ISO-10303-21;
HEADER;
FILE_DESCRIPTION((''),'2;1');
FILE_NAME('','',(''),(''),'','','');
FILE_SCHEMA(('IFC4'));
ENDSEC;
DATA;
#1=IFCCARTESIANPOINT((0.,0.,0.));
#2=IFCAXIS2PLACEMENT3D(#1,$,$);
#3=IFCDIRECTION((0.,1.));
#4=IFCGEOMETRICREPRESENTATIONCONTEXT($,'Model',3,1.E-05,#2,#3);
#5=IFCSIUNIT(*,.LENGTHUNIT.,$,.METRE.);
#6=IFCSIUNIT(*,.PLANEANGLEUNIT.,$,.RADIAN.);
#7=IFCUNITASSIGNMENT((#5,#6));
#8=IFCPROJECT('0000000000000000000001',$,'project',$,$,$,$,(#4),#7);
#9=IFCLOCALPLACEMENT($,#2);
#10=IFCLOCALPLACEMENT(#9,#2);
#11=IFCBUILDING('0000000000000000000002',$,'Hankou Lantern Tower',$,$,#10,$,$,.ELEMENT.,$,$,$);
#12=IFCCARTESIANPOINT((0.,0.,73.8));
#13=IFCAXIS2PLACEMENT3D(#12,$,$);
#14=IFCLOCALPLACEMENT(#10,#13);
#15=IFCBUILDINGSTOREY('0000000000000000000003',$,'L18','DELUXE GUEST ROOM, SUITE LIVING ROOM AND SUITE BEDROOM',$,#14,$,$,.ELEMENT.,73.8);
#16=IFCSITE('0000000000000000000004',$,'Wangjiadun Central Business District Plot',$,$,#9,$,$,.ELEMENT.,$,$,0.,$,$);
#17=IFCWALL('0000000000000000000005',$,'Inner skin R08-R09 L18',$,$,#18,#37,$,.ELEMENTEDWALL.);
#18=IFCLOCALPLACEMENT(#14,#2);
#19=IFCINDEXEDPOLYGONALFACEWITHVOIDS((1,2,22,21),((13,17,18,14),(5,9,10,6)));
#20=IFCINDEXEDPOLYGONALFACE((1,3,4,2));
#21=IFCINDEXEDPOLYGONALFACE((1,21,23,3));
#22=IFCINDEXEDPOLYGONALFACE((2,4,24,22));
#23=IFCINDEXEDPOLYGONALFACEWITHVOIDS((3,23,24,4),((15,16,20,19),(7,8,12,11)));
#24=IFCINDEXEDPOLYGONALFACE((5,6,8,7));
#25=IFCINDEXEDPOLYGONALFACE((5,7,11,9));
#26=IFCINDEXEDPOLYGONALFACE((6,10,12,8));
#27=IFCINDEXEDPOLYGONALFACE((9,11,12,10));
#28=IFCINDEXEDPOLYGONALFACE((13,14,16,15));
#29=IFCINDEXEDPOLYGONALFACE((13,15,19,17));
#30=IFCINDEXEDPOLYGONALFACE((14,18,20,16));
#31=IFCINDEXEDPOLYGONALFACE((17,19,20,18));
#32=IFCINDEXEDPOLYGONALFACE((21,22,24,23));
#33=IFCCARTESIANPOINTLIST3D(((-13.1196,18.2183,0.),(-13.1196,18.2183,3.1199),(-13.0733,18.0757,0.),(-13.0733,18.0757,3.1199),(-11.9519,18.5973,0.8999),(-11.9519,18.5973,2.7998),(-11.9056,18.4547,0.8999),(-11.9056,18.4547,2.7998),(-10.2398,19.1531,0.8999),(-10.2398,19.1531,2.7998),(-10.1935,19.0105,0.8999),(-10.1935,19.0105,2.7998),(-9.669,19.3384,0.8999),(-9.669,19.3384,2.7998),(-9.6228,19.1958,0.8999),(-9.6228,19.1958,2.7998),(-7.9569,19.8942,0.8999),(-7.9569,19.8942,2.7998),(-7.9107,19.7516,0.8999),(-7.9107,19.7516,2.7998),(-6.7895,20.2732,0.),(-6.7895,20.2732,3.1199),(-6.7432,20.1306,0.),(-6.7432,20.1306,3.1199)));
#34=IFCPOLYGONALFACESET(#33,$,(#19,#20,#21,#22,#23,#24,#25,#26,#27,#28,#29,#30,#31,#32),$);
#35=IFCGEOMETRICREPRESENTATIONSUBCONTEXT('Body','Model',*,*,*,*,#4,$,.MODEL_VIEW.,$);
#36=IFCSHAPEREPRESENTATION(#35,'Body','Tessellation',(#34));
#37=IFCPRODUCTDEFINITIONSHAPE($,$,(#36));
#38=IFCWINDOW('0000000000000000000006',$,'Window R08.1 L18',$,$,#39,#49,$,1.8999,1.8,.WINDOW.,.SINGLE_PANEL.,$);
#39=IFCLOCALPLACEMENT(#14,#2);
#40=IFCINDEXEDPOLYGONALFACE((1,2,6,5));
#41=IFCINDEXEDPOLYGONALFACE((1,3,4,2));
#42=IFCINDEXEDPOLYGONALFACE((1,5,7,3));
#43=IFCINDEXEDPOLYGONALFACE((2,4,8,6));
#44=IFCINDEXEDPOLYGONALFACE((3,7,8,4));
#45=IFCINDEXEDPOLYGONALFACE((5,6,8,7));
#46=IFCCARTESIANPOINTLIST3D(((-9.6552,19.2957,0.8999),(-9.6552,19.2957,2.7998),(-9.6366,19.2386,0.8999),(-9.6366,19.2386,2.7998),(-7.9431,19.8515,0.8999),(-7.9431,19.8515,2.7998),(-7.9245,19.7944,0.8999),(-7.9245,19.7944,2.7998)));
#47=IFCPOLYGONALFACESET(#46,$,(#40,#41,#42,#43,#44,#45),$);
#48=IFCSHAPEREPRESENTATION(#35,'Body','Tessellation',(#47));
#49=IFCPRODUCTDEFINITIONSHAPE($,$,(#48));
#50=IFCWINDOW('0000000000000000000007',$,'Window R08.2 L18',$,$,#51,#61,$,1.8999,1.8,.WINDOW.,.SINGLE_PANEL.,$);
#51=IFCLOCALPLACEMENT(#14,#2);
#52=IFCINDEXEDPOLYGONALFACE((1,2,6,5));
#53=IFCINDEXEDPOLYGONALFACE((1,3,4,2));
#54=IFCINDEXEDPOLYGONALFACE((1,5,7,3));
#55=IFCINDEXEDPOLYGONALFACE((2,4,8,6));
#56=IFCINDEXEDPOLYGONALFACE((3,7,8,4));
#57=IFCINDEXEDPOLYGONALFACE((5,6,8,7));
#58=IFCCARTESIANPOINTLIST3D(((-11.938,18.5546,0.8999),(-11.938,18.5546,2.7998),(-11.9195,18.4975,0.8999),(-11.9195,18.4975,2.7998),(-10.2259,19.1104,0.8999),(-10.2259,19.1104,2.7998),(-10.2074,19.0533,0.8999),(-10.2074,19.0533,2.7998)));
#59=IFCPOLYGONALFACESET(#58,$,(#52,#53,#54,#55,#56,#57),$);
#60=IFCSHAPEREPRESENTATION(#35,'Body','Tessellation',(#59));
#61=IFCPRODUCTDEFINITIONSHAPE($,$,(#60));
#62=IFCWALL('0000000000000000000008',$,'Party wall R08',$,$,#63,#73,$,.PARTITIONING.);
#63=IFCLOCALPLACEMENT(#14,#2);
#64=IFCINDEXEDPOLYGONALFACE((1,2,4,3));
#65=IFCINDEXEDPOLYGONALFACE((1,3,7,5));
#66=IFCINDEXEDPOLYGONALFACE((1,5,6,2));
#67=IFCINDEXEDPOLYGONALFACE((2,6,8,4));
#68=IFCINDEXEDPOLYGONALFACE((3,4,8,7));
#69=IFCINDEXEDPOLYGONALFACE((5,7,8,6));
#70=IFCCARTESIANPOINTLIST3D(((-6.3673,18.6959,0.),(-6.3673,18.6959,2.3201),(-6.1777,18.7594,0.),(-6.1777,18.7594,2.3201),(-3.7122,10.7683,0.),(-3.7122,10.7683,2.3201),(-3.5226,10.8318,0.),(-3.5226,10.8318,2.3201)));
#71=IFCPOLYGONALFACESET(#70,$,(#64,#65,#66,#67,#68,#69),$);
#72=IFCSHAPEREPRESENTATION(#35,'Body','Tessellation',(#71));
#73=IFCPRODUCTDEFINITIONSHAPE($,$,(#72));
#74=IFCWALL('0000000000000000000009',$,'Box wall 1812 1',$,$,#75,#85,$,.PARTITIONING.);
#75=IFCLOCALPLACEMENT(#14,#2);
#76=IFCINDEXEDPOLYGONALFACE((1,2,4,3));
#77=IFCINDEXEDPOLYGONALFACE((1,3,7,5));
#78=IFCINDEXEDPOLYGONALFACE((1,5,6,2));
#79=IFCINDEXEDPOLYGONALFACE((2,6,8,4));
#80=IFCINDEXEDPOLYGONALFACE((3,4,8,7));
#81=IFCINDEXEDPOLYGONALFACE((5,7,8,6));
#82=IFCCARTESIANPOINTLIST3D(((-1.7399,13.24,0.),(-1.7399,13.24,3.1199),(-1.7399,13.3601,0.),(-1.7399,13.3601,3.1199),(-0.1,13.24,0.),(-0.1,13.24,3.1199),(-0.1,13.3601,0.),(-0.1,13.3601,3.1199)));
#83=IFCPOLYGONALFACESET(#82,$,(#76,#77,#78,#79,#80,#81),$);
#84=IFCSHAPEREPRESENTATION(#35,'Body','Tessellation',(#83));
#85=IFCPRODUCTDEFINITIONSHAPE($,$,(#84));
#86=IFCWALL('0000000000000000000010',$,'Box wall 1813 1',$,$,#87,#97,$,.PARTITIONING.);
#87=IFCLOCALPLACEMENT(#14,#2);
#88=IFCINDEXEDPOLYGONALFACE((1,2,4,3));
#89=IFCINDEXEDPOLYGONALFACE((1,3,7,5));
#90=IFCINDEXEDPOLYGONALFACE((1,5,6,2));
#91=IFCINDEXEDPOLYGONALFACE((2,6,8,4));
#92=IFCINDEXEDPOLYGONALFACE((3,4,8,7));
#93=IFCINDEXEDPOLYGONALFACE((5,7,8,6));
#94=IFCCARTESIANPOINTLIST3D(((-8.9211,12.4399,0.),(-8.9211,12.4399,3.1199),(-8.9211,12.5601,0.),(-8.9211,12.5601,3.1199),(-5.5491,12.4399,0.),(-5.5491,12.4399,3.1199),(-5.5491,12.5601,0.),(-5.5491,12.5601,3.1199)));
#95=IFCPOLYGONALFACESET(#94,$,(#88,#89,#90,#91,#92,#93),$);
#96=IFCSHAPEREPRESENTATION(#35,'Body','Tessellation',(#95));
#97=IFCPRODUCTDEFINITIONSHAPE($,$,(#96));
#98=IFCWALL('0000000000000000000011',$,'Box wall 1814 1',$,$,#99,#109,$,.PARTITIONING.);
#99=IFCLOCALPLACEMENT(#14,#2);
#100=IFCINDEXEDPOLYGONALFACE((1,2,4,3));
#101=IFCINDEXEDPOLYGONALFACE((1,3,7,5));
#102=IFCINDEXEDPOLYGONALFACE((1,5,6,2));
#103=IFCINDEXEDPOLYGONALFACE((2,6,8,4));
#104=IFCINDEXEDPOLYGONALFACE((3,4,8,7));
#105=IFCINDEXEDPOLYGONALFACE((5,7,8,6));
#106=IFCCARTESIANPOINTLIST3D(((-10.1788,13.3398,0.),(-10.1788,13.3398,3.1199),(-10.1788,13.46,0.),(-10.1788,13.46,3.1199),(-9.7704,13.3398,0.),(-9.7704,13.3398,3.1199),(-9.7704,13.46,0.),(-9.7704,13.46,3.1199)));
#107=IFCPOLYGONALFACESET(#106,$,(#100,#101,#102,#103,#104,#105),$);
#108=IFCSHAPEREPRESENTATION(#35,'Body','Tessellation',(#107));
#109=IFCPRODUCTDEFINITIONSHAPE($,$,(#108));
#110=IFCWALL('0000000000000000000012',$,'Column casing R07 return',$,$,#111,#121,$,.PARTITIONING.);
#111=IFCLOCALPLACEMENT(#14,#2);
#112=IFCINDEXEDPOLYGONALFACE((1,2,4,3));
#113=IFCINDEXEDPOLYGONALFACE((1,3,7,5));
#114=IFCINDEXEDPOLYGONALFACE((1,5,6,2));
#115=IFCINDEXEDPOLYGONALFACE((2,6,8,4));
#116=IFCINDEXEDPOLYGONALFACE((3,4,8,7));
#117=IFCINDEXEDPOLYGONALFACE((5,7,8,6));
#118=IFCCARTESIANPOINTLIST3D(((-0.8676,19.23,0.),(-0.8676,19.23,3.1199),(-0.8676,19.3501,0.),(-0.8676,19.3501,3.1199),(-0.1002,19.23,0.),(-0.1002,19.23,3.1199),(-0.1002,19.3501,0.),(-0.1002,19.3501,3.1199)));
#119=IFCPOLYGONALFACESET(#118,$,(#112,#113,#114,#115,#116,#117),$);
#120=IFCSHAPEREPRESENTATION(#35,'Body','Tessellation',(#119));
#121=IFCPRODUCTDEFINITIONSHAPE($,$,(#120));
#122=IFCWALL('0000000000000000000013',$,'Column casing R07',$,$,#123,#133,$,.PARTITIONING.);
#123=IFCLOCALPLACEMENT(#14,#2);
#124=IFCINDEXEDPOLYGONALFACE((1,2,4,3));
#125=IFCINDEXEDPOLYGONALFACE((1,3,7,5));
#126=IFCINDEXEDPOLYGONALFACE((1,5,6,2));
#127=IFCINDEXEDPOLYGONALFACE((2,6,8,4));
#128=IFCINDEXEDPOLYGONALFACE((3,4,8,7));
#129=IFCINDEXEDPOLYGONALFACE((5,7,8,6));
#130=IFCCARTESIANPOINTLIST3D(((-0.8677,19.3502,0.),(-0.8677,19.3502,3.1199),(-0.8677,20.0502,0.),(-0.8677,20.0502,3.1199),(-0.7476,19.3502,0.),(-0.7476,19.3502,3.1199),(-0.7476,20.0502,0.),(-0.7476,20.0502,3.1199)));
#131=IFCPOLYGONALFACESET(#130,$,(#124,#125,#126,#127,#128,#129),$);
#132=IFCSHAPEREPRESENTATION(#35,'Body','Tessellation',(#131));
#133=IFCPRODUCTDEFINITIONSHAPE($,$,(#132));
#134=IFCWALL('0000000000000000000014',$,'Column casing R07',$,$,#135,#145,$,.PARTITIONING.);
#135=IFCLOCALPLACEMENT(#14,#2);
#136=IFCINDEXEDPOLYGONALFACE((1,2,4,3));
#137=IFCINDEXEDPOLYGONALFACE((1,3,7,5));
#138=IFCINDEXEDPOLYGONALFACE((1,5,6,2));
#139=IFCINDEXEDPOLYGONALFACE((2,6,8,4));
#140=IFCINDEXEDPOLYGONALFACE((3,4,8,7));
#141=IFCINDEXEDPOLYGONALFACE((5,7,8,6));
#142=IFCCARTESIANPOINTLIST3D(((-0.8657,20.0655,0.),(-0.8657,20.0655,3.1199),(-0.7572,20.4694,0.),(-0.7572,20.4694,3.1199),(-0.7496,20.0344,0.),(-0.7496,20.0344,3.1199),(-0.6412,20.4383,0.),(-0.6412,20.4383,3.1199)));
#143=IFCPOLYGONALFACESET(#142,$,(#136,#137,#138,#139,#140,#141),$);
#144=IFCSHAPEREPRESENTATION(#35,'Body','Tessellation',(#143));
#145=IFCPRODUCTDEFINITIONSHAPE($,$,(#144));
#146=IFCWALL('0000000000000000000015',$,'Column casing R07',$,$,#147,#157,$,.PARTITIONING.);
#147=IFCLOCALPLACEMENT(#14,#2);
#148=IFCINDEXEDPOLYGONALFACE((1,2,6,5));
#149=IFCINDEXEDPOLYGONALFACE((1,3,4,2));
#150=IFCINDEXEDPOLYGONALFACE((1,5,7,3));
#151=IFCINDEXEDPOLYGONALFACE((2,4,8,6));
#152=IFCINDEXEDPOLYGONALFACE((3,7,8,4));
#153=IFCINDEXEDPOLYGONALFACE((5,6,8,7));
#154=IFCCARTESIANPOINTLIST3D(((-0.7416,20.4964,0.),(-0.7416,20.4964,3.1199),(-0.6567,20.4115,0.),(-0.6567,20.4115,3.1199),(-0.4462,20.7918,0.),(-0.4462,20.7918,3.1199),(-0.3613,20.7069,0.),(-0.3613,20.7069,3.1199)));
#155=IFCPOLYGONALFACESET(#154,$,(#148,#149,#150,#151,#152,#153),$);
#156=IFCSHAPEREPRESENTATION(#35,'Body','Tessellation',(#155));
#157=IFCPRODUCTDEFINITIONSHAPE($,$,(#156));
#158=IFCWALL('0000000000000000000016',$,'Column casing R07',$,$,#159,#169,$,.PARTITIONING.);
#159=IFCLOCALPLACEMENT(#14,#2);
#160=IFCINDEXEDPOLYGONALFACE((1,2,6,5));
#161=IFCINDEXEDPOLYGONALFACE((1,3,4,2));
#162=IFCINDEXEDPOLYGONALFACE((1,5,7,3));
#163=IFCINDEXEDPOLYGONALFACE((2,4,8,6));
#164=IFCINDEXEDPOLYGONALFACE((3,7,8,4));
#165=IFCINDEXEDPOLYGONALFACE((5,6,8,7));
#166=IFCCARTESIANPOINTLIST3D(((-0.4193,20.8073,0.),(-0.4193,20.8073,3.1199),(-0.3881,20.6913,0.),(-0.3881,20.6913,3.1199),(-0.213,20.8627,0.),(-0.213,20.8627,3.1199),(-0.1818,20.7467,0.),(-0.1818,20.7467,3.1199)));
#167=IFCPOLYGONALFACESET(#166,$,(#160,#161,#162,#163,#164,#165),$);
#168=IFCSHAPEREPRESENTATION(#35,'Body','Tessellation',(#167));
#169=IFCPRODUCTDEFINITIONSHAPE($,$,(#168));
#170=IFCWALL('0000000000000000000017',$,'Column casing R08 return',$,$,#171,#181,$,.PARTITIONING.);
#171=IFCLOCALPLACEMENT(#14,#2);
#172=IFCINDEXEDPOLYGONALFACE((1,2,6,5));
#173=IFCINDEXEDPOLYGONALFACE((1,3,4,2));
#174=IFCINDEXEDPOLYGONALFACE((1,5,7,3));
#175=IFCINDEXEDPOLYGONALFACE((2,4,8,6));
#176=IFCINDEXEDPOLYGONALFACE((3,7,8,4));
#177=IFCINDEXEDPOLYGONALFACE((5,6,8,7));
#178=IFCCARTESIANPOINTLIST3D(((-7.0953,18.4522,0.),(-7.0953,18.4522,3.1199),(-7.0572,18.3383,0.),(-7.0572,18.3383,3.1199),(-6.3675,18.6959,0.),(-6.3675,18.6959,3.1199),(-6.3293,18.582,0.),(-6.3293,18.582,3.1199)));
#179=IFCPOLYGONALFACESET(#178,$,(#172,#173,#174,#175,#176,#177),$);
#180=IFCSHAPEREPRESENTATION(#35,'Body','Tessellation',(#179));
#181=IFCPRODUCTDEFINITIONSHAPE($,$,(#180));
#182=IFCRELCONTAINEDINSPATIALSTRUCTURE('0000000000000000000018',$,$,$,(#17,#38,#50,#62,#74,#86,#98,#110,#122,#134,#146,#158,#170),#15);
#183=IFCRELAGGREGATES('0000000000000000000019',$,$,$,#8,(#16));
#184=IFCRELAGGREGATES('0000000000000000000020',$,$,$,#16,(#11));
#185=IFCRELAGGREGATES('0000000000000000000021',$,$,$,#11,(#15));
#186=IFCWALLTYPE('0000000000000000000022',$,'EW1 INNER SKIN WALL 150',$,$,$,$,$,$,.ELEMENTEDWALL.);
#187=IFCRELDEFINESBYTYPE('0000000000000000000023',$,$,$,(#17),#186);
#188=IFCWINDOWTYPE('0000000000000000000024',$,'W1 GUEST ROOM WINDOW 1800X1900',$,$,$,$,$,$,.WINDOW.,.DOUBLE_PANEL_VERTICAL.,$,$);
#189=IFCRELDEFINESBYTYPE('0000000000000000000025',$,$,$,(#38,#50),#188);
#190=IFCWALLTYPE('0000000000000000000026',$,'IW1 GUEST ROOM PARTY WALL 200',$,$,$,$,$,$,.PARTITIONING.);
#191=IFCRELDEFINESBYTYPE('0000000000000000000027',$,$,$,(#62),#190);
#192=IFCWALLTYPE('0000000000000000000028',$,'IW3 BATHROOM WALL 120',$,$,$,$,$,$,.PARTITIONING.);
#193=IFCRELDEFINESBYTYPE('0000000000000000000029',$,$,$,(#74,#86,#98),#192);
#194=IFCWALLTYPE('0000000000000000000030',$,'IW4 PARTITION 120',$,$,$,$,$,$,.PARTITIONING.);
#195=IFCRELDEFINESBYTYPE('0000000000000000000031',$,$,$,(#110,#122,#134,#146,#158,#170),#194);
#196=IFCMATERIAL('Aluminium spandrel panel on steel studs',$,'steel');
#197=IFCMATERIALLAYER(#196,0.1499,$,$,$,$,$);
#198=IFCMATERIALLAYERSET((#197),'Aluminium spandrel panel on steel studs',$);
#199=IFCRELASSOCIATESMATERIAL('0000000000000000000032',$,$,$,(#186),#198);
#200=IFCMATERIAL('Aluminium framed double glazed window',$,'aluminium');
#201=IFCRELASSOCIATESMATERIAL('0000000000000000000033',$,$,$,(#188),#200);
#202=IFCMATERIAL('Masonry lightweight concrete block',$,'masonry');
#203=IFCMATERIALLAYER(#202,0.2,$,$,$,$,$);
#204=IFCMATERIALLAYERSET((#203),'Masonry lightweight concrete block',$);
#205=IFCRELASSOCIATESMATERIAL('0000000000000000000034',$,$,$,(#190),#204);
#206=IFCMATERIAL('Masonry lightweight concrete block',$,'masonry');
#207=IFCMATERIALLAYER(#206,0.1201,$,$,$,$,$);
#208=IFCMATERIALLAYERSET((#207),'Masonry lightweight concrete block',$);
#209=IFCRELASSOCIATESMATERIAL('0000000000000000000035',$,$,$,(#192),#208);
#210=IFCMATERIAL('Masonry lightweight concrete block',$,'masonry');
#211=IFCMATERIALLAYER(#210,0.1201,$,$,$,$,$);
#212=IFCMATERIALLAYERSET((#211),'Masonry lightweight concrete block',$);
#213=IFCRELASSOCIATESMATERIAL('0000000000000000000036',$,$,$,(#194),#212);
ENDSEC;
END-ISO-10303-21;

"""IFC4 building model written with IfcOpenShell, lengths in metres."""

from ifc_helpers import new_model, si_unit, direction, frame, frame_2d, origin, place, context, subcontext, project, spatial, rectangle, extrude, material, layer, layer_set, type_object, element, fill, save


model = new_model("IFC4")

# Units and contexts
model_context = context("Model", 3, precision=1e-05, world=origin(), true_north=direction((0.0, 1.0)))
body_context = subcontext(model_context, "Body", "Model", "MODEL_VIEW")
ifc_project = project(units=[si_unit("LENGTHUNIT", "METRE"), si_unit("PLANEANGLEUNIT", "RADIAN")], contexts=[model_context])

# Site, building, storey
site_placement = place(None, origin())
site = spatial("IfcSite", under=ifc_project, at=site_placement, Name="Wangjiadun Central Business District Plot", CompositionType="ELEMENT", RefElevation=0.0)
building_placement = place(site_placement, origin())
building = spatial("IfcBuilding", under=site, at=building_placement, Name="Hankou Lantern Tower", CompositionType="ELEMENT")
storey_placement = place(building_placement, frame((0.0, 0.0, 73.8)))
storey = spatial("IfcBuildingStorey", under=building, at=storey_placement, Name="L18", Description="DELUXE GUEST ROOM, SUITE LIVING ROOM AND SUITE BEDROOM", CompositionType="ELEMENT", Elevation=73.8)

# Wall, openings, windows
ifc_material_1 = material(Name="Aluminium spandrel panel on steel studs", Category="steel")
ifc_layer_1 = layer(ifc_material_1, 0.1499)
ifc_layer_set_1 = layer_set([ifc_layer_1], Name="Aluminium spandrel panel on steel studs")
wall_type_1 = type_object("IfcWallType", Name="EW1 INNER SKIN WALL 150", PredefinedType="ELEMENTEDWALL", material=ifc_layer_set_1)
wall_1_placement = place(storey_placement, frame((-6.7664, 20.2019, 0.0), z_axis=(0.0, 0.0, 1.0), x_axis=(-0.951138, -0.308768, 0.0)))
wall_1 = element("IfcWall", 1, at=wall_1_placement, inside=storey, type_object=wall_type_1, Name="Inner skin R08-R09 L18", PredefinedType="ELEMENTEDWALL", context=body_context, shape_type="SweptSolid", body=[
    extrude(rectangle(XDim=6.6553, YDim=0.1499, at=frame_2d((3.3276, 0.0))), origin(), (0.0, 0.0, 1.0), 3.1199),
])
opening_1_placement = place(wall_1_placement, frame((1.2275, 0.0, 0.8999)))
opening_1 = element("IfcOpeningElement", 2, at=opening_1_placement, cuts=wall_1, PredefinedType="OPENING", context=body_context, shape_type="SweptSolid", body=[
    extrude(rectangle(XDim=1.8, YDim=1.8999, at=frame_2d((0.8999, 0.95))), frame((0.0, 0.085, 0.0), z_axis=(0.0, -1.0, 0.0), x_axis=(1.0, 0.0, 0.0)), (0.0, 0.0, 1.0), 0.1699),
])
opening_2_placement = place(wall_1_placement, frame((3.6277, 0.0, 0.8999)))
opening_2 = element("IfcOpeningElement", 3, at=opening_2_placement, cuts=wall_1, PredefinedType="OPENING", context=body_context, shape_type="SweptSolid", body=[
    extrude(rectangle(XDim=1.8, YDim=1.8999, at=frame_2d((0.8999, 0.95))), frame((0.0, 0.085, 0.0), z_axis=(0.0, -1.0, 0.0), x_axis=(1.0, 0.0, 0.0)), (0.0, 0.0, 1.0), 0.1699),
])
ifc_material_2 = material(Name="Aluminium framed double glazed window", Category="aluminium")
window_type = type_object("IfcWindowType", Name="W1 GUEST ROOM WINDOW 1800X1900", PartitioningType="DOUBLE_PANEL_VERTICAL", PredefinedType="WINDOW", material=ifc_material_2)
window_1_placement = place(opening_1_placement, origin())
window_1 = element("IfcWindow", 4, at=window_1_placement, inside=storey, type_object=window_type, Name="Window R08.1 L18", OverallHeight=1.8999, OverallWidth=1.8, PartitioningType="SINGLE_PANEL", PredefinedType="WINDOW", context=body_context, shape_type="SweptSolid", body=[
    extrude(rectangle(XDim=1.8, YDim=1.8999, at=frame_2d((0.8999, 0.95))), frame((0.0, 0.03, 0.0), z_axis=(0.0, -1.0, 0.0), x_axis=(1.0, 0.0, 0.0)), (0.0, 0.0, 1.0), 0.0601),
])
fill(opening_1, window_1)
window_2_placement = place(opening_2_placement, origin())
window_2 = element("IfcWindow", 5, at=window_2_placement, inside=storey, type_object=window_type, Name="Window R08.2 L18", OverallHeight=1.8999, OverallWidth=1.8, PartitioningType="SINGLE_PANEL", PredefinedType="WINDOW", context=body_context, shape_type="SweptSolid", body=[
    extrude(rectangle(XDim=1.8, YDim=1.8999, at=frame_2d((0.8999, 0.95))), frame((0.0, 0.03, 0.0), z_axis=(0.0, -1.0, 0.0), x_axis=(1.0, 0.0, 0.0)), (0.0, 0.0, 1.0), 0.0601),
])
fill(opening_2, window_2)

# Walls
ifc_material_3 = material(Name="Masonry lightweight concrete block", Category="masonry")
ifc_layer_2 = layer(ifc_material_3, 0.2)
ifc_layer_set_2 = layer_set([ifc_layer_2], Name="Masonry lightweight concrete block")
wall_type_2 = type_object("IfcWallType", Name="IW1 GUEST ROOM PARTY WALL 200", PredefinedType="PARTITIONING", material=ifc_layer_set_2)
wall_2_placement = place(storey_placement, frame((-3.6174, 10.8, 0.0), z_axis=(0.0, 0.0, 1.0), x_axis=(-0.317577, 0.948233, 0.0)))
element("IfcWall", 6, at=wall_2_placement, inside=storey, type_object=wall_type_2, Name="Party wall R08", PredefinedType="PARTITIONING", context=body_context, shape_type="SweptSolid", body=[
    extrude(rectangle(XDim=8.3604, YDim=0.2, at=frame_2d((4.1802, 0.0))), origin(), (0.0, 0.0, 1.0), 2.3201),
])
ifc_material_4 = material(Name="Masonry lightweight concrete block", Category="masonry")
ifc_layer_3 = layer(ifc_material_4, 0.1201)
ifc_layer_set_3 = layer_set([ifc_layer_3], Name="Masonry lightweight concrete block")
wall_type_3 = type_object("IfcWallType", Name="IW3 BATHROOM WALL 120", PredefinedType="PARTITIONING", material=ifc_layer_set_3)
wall_3_placement = place(storey_placement, frame((-0.1001, 13.3, 0.0), z_axis=(0.0, 0.0, 1.0), x_axis=(-1.0, 0.0, 0.0)))
element("IfcWall", 7, at=wall_3_placement, inside=storey, type_object=wall_type_3, Name="Box wall 1812 1", PredefinedType="PARTITIONING", context=body_context, shape_type="SweptSolid", body=[
    extrude(rectangle(XDim=1.6399, YDim=0.1201, at=frame_2d((0.8198, 0.0))), origin(), (0.0, 0.0, 1.0), 3.1199),
])
wall_4_placement = place(storey_placement, frame((-8.9211, 12.5, 0.0), z_axis=(0.0, 0.0, 1.0), x_axis=(1.0, 0.0, 0.0)))
element("IfcWall", 8, at=wall_4_placement, inside=storey, type_object=wall_type_3, Name="Box wall 1813 1", PredefinedType="PARTITIONING", context=body_context, shape_type="SweptSolid", body=[
    extrude(rectangle(XDim=3.3721, YDim=0.1201, at=frame_2d((1.686, 0.0))), origin(), (0.0, 0.0, 1.0), 3.1199),
])
wall_5_placement = place(storey_placement, frame((-9.7705, 13.3999, 0.0), z_axis=(0.0, 0.0, 1.0), x_axis=(-1.0, 0.0, 0.0)))
element("IfcWall", 9, at=wall_5_placement, inside=storey, type_object=wall_type_3, Name="Box wall 1814 1", PredefinedType="PARTITIONING", context=body_context, shape_type="SweptSolid", body=[
    extrude(rectangle(XDim=0.4084, YDim=0.1201, at=frame_2d((0.2041, 0.0))), origin(), (0.0, 0.0, 1.0), 3.1199),
])
ifc_material_5 = material(Name="Masonry lightweight concrete block", Category="masonry")
ifc_layer_4 = layer(ifc_material_5, 0.1201)
ifc_layer_set_4 = layer_set([ifc_layer_4], Name="Masonry lightweight concrete block")
wall_type_4 = type_object("IfcWallType", Name="IW4 PARTITION 120", PredefinedType="PARTITIONING", material=ifc_layer_set_4)
wall_6_placement = place(storey_placement, frame((-0.1001, 19.29, 0.0), z_axis=(0.0, 0.0, 1.0), x_axis=(-1.0, 0.0, 0.0)))
element("IfcWall", 10, at=wall_6_placement, inside=storey, type_object=wall_type_4, Name="Column casing R07 return", PredefinedType="PARTITIONING", context=body_context, shape_type="SweptSolid", body=[
    extrude(rectangle(XDim=0.7673, YDim=0.1201, at=frame_2d((0.3838, 0.0))), origin(), (0.0, 0.0, 1.0), 3.1199),
])
wall_7_placement = place(storey_placement, frame((-0.8076, 19.3501, 0.0), z_axis=(0.0, 0.0, 1.0), x_axis=(0.0, 1.0, 0.0)))
element("IfcWall", 11, at=wall_7_placement, inside=storey, type_object=wall_type_4, Name="Column casing R07", PredefinedType="PARTITIONING", context=body_context, shape_type="SweptSolid", body=[
    extrude(rectangle(XDim=0.7, YDim=0.1201, at=frame_2d((0.3501, 0.0))), origin(), (0.0, 0.0, 1.0), 3.1199),
])
wall_8_placement = place(storey_placement, frame((-0.8076, 20.05, 0.0), z_axis=(0.0, 0.0, 1.0), x_axis=(0.259261, 0.965807, 0.0)))
element("IfcWall", 12, at=wall_8_placement, inside=storey, type_object=wall_type_4, Name="Column casing R07", PredefinedType="PARTITIONING", context=body_context, shape_type="SweptSolid", body=[
    extrude(rectangle(XDim=0.4182, YDim=0.1201, at=frame_2d((0.209, 0.0))), origin(), (0.0, 0.0, 1.0), 3.1199),
])
wall_9_placement = place(storey_placement, frame((-0.6992, 20.4539, 0.0), z_axis=(0.0, 0.0, 1.0), x_axis=(0.707107, 0.707107, 0.0)))
element("IfcWall", 13, at=wall_9_placement, inside=storey, type_object=wall_type_4, Name="Column casing R07", PredefinedType="PARTITIONING", context=body_context, shape_type="SweptSolid", body=[
    extrude(rectangle(XDim=0.4177, YDim=0.1201, at=frame_2d((0.209, 0.0))), origin(), (0.0, 0.0, 1.0), 3.1199),
])
wall_10_placement = place(storey_placement, frame((-0.4038, 20.7493, 0.0), z_axis=(0.0, 0.0, 1.0), x_axis=(0.965759, 0.259441, 0.0)))
element("IfcWall", 14, at=wall_10_placement, inside=storey, type_object=wall_type_4, Name="Column casing R07", PredefinedType="PARTITIONING", context=body_context, shape_type="SweptSolid", body=[
    extrude(rectangle(XDim=0.2136, YDim=0.1201, at=frame_2d((0.1069, 0.0))), origin(), (0.0, 0.0, 1.0), 3.1199),
])
wall_11_placement = place(storey_placement, frame((-6.3484, 18.6389, 0.0), z_axis=(0.0, 0.0, 1.0), x_axis=(-0.948269, -0.317468, 0.0)))
element("IfcWall", 15, at=wall_11_placement, inside=storey, type_object=wall_type_4, Name="Column casing R08 return", PredefinedType="PARTITIONING", context=body_context, shape_type="SweptSolid", body=[
    extrude(rectangle(XDim=0.7676, YDim=0.1201, at=frame_2d((0.3838, 0.0))), origin(), (0.0, 0.0, 1.0), 3.1199),
])

save(model, "model.ifc")
